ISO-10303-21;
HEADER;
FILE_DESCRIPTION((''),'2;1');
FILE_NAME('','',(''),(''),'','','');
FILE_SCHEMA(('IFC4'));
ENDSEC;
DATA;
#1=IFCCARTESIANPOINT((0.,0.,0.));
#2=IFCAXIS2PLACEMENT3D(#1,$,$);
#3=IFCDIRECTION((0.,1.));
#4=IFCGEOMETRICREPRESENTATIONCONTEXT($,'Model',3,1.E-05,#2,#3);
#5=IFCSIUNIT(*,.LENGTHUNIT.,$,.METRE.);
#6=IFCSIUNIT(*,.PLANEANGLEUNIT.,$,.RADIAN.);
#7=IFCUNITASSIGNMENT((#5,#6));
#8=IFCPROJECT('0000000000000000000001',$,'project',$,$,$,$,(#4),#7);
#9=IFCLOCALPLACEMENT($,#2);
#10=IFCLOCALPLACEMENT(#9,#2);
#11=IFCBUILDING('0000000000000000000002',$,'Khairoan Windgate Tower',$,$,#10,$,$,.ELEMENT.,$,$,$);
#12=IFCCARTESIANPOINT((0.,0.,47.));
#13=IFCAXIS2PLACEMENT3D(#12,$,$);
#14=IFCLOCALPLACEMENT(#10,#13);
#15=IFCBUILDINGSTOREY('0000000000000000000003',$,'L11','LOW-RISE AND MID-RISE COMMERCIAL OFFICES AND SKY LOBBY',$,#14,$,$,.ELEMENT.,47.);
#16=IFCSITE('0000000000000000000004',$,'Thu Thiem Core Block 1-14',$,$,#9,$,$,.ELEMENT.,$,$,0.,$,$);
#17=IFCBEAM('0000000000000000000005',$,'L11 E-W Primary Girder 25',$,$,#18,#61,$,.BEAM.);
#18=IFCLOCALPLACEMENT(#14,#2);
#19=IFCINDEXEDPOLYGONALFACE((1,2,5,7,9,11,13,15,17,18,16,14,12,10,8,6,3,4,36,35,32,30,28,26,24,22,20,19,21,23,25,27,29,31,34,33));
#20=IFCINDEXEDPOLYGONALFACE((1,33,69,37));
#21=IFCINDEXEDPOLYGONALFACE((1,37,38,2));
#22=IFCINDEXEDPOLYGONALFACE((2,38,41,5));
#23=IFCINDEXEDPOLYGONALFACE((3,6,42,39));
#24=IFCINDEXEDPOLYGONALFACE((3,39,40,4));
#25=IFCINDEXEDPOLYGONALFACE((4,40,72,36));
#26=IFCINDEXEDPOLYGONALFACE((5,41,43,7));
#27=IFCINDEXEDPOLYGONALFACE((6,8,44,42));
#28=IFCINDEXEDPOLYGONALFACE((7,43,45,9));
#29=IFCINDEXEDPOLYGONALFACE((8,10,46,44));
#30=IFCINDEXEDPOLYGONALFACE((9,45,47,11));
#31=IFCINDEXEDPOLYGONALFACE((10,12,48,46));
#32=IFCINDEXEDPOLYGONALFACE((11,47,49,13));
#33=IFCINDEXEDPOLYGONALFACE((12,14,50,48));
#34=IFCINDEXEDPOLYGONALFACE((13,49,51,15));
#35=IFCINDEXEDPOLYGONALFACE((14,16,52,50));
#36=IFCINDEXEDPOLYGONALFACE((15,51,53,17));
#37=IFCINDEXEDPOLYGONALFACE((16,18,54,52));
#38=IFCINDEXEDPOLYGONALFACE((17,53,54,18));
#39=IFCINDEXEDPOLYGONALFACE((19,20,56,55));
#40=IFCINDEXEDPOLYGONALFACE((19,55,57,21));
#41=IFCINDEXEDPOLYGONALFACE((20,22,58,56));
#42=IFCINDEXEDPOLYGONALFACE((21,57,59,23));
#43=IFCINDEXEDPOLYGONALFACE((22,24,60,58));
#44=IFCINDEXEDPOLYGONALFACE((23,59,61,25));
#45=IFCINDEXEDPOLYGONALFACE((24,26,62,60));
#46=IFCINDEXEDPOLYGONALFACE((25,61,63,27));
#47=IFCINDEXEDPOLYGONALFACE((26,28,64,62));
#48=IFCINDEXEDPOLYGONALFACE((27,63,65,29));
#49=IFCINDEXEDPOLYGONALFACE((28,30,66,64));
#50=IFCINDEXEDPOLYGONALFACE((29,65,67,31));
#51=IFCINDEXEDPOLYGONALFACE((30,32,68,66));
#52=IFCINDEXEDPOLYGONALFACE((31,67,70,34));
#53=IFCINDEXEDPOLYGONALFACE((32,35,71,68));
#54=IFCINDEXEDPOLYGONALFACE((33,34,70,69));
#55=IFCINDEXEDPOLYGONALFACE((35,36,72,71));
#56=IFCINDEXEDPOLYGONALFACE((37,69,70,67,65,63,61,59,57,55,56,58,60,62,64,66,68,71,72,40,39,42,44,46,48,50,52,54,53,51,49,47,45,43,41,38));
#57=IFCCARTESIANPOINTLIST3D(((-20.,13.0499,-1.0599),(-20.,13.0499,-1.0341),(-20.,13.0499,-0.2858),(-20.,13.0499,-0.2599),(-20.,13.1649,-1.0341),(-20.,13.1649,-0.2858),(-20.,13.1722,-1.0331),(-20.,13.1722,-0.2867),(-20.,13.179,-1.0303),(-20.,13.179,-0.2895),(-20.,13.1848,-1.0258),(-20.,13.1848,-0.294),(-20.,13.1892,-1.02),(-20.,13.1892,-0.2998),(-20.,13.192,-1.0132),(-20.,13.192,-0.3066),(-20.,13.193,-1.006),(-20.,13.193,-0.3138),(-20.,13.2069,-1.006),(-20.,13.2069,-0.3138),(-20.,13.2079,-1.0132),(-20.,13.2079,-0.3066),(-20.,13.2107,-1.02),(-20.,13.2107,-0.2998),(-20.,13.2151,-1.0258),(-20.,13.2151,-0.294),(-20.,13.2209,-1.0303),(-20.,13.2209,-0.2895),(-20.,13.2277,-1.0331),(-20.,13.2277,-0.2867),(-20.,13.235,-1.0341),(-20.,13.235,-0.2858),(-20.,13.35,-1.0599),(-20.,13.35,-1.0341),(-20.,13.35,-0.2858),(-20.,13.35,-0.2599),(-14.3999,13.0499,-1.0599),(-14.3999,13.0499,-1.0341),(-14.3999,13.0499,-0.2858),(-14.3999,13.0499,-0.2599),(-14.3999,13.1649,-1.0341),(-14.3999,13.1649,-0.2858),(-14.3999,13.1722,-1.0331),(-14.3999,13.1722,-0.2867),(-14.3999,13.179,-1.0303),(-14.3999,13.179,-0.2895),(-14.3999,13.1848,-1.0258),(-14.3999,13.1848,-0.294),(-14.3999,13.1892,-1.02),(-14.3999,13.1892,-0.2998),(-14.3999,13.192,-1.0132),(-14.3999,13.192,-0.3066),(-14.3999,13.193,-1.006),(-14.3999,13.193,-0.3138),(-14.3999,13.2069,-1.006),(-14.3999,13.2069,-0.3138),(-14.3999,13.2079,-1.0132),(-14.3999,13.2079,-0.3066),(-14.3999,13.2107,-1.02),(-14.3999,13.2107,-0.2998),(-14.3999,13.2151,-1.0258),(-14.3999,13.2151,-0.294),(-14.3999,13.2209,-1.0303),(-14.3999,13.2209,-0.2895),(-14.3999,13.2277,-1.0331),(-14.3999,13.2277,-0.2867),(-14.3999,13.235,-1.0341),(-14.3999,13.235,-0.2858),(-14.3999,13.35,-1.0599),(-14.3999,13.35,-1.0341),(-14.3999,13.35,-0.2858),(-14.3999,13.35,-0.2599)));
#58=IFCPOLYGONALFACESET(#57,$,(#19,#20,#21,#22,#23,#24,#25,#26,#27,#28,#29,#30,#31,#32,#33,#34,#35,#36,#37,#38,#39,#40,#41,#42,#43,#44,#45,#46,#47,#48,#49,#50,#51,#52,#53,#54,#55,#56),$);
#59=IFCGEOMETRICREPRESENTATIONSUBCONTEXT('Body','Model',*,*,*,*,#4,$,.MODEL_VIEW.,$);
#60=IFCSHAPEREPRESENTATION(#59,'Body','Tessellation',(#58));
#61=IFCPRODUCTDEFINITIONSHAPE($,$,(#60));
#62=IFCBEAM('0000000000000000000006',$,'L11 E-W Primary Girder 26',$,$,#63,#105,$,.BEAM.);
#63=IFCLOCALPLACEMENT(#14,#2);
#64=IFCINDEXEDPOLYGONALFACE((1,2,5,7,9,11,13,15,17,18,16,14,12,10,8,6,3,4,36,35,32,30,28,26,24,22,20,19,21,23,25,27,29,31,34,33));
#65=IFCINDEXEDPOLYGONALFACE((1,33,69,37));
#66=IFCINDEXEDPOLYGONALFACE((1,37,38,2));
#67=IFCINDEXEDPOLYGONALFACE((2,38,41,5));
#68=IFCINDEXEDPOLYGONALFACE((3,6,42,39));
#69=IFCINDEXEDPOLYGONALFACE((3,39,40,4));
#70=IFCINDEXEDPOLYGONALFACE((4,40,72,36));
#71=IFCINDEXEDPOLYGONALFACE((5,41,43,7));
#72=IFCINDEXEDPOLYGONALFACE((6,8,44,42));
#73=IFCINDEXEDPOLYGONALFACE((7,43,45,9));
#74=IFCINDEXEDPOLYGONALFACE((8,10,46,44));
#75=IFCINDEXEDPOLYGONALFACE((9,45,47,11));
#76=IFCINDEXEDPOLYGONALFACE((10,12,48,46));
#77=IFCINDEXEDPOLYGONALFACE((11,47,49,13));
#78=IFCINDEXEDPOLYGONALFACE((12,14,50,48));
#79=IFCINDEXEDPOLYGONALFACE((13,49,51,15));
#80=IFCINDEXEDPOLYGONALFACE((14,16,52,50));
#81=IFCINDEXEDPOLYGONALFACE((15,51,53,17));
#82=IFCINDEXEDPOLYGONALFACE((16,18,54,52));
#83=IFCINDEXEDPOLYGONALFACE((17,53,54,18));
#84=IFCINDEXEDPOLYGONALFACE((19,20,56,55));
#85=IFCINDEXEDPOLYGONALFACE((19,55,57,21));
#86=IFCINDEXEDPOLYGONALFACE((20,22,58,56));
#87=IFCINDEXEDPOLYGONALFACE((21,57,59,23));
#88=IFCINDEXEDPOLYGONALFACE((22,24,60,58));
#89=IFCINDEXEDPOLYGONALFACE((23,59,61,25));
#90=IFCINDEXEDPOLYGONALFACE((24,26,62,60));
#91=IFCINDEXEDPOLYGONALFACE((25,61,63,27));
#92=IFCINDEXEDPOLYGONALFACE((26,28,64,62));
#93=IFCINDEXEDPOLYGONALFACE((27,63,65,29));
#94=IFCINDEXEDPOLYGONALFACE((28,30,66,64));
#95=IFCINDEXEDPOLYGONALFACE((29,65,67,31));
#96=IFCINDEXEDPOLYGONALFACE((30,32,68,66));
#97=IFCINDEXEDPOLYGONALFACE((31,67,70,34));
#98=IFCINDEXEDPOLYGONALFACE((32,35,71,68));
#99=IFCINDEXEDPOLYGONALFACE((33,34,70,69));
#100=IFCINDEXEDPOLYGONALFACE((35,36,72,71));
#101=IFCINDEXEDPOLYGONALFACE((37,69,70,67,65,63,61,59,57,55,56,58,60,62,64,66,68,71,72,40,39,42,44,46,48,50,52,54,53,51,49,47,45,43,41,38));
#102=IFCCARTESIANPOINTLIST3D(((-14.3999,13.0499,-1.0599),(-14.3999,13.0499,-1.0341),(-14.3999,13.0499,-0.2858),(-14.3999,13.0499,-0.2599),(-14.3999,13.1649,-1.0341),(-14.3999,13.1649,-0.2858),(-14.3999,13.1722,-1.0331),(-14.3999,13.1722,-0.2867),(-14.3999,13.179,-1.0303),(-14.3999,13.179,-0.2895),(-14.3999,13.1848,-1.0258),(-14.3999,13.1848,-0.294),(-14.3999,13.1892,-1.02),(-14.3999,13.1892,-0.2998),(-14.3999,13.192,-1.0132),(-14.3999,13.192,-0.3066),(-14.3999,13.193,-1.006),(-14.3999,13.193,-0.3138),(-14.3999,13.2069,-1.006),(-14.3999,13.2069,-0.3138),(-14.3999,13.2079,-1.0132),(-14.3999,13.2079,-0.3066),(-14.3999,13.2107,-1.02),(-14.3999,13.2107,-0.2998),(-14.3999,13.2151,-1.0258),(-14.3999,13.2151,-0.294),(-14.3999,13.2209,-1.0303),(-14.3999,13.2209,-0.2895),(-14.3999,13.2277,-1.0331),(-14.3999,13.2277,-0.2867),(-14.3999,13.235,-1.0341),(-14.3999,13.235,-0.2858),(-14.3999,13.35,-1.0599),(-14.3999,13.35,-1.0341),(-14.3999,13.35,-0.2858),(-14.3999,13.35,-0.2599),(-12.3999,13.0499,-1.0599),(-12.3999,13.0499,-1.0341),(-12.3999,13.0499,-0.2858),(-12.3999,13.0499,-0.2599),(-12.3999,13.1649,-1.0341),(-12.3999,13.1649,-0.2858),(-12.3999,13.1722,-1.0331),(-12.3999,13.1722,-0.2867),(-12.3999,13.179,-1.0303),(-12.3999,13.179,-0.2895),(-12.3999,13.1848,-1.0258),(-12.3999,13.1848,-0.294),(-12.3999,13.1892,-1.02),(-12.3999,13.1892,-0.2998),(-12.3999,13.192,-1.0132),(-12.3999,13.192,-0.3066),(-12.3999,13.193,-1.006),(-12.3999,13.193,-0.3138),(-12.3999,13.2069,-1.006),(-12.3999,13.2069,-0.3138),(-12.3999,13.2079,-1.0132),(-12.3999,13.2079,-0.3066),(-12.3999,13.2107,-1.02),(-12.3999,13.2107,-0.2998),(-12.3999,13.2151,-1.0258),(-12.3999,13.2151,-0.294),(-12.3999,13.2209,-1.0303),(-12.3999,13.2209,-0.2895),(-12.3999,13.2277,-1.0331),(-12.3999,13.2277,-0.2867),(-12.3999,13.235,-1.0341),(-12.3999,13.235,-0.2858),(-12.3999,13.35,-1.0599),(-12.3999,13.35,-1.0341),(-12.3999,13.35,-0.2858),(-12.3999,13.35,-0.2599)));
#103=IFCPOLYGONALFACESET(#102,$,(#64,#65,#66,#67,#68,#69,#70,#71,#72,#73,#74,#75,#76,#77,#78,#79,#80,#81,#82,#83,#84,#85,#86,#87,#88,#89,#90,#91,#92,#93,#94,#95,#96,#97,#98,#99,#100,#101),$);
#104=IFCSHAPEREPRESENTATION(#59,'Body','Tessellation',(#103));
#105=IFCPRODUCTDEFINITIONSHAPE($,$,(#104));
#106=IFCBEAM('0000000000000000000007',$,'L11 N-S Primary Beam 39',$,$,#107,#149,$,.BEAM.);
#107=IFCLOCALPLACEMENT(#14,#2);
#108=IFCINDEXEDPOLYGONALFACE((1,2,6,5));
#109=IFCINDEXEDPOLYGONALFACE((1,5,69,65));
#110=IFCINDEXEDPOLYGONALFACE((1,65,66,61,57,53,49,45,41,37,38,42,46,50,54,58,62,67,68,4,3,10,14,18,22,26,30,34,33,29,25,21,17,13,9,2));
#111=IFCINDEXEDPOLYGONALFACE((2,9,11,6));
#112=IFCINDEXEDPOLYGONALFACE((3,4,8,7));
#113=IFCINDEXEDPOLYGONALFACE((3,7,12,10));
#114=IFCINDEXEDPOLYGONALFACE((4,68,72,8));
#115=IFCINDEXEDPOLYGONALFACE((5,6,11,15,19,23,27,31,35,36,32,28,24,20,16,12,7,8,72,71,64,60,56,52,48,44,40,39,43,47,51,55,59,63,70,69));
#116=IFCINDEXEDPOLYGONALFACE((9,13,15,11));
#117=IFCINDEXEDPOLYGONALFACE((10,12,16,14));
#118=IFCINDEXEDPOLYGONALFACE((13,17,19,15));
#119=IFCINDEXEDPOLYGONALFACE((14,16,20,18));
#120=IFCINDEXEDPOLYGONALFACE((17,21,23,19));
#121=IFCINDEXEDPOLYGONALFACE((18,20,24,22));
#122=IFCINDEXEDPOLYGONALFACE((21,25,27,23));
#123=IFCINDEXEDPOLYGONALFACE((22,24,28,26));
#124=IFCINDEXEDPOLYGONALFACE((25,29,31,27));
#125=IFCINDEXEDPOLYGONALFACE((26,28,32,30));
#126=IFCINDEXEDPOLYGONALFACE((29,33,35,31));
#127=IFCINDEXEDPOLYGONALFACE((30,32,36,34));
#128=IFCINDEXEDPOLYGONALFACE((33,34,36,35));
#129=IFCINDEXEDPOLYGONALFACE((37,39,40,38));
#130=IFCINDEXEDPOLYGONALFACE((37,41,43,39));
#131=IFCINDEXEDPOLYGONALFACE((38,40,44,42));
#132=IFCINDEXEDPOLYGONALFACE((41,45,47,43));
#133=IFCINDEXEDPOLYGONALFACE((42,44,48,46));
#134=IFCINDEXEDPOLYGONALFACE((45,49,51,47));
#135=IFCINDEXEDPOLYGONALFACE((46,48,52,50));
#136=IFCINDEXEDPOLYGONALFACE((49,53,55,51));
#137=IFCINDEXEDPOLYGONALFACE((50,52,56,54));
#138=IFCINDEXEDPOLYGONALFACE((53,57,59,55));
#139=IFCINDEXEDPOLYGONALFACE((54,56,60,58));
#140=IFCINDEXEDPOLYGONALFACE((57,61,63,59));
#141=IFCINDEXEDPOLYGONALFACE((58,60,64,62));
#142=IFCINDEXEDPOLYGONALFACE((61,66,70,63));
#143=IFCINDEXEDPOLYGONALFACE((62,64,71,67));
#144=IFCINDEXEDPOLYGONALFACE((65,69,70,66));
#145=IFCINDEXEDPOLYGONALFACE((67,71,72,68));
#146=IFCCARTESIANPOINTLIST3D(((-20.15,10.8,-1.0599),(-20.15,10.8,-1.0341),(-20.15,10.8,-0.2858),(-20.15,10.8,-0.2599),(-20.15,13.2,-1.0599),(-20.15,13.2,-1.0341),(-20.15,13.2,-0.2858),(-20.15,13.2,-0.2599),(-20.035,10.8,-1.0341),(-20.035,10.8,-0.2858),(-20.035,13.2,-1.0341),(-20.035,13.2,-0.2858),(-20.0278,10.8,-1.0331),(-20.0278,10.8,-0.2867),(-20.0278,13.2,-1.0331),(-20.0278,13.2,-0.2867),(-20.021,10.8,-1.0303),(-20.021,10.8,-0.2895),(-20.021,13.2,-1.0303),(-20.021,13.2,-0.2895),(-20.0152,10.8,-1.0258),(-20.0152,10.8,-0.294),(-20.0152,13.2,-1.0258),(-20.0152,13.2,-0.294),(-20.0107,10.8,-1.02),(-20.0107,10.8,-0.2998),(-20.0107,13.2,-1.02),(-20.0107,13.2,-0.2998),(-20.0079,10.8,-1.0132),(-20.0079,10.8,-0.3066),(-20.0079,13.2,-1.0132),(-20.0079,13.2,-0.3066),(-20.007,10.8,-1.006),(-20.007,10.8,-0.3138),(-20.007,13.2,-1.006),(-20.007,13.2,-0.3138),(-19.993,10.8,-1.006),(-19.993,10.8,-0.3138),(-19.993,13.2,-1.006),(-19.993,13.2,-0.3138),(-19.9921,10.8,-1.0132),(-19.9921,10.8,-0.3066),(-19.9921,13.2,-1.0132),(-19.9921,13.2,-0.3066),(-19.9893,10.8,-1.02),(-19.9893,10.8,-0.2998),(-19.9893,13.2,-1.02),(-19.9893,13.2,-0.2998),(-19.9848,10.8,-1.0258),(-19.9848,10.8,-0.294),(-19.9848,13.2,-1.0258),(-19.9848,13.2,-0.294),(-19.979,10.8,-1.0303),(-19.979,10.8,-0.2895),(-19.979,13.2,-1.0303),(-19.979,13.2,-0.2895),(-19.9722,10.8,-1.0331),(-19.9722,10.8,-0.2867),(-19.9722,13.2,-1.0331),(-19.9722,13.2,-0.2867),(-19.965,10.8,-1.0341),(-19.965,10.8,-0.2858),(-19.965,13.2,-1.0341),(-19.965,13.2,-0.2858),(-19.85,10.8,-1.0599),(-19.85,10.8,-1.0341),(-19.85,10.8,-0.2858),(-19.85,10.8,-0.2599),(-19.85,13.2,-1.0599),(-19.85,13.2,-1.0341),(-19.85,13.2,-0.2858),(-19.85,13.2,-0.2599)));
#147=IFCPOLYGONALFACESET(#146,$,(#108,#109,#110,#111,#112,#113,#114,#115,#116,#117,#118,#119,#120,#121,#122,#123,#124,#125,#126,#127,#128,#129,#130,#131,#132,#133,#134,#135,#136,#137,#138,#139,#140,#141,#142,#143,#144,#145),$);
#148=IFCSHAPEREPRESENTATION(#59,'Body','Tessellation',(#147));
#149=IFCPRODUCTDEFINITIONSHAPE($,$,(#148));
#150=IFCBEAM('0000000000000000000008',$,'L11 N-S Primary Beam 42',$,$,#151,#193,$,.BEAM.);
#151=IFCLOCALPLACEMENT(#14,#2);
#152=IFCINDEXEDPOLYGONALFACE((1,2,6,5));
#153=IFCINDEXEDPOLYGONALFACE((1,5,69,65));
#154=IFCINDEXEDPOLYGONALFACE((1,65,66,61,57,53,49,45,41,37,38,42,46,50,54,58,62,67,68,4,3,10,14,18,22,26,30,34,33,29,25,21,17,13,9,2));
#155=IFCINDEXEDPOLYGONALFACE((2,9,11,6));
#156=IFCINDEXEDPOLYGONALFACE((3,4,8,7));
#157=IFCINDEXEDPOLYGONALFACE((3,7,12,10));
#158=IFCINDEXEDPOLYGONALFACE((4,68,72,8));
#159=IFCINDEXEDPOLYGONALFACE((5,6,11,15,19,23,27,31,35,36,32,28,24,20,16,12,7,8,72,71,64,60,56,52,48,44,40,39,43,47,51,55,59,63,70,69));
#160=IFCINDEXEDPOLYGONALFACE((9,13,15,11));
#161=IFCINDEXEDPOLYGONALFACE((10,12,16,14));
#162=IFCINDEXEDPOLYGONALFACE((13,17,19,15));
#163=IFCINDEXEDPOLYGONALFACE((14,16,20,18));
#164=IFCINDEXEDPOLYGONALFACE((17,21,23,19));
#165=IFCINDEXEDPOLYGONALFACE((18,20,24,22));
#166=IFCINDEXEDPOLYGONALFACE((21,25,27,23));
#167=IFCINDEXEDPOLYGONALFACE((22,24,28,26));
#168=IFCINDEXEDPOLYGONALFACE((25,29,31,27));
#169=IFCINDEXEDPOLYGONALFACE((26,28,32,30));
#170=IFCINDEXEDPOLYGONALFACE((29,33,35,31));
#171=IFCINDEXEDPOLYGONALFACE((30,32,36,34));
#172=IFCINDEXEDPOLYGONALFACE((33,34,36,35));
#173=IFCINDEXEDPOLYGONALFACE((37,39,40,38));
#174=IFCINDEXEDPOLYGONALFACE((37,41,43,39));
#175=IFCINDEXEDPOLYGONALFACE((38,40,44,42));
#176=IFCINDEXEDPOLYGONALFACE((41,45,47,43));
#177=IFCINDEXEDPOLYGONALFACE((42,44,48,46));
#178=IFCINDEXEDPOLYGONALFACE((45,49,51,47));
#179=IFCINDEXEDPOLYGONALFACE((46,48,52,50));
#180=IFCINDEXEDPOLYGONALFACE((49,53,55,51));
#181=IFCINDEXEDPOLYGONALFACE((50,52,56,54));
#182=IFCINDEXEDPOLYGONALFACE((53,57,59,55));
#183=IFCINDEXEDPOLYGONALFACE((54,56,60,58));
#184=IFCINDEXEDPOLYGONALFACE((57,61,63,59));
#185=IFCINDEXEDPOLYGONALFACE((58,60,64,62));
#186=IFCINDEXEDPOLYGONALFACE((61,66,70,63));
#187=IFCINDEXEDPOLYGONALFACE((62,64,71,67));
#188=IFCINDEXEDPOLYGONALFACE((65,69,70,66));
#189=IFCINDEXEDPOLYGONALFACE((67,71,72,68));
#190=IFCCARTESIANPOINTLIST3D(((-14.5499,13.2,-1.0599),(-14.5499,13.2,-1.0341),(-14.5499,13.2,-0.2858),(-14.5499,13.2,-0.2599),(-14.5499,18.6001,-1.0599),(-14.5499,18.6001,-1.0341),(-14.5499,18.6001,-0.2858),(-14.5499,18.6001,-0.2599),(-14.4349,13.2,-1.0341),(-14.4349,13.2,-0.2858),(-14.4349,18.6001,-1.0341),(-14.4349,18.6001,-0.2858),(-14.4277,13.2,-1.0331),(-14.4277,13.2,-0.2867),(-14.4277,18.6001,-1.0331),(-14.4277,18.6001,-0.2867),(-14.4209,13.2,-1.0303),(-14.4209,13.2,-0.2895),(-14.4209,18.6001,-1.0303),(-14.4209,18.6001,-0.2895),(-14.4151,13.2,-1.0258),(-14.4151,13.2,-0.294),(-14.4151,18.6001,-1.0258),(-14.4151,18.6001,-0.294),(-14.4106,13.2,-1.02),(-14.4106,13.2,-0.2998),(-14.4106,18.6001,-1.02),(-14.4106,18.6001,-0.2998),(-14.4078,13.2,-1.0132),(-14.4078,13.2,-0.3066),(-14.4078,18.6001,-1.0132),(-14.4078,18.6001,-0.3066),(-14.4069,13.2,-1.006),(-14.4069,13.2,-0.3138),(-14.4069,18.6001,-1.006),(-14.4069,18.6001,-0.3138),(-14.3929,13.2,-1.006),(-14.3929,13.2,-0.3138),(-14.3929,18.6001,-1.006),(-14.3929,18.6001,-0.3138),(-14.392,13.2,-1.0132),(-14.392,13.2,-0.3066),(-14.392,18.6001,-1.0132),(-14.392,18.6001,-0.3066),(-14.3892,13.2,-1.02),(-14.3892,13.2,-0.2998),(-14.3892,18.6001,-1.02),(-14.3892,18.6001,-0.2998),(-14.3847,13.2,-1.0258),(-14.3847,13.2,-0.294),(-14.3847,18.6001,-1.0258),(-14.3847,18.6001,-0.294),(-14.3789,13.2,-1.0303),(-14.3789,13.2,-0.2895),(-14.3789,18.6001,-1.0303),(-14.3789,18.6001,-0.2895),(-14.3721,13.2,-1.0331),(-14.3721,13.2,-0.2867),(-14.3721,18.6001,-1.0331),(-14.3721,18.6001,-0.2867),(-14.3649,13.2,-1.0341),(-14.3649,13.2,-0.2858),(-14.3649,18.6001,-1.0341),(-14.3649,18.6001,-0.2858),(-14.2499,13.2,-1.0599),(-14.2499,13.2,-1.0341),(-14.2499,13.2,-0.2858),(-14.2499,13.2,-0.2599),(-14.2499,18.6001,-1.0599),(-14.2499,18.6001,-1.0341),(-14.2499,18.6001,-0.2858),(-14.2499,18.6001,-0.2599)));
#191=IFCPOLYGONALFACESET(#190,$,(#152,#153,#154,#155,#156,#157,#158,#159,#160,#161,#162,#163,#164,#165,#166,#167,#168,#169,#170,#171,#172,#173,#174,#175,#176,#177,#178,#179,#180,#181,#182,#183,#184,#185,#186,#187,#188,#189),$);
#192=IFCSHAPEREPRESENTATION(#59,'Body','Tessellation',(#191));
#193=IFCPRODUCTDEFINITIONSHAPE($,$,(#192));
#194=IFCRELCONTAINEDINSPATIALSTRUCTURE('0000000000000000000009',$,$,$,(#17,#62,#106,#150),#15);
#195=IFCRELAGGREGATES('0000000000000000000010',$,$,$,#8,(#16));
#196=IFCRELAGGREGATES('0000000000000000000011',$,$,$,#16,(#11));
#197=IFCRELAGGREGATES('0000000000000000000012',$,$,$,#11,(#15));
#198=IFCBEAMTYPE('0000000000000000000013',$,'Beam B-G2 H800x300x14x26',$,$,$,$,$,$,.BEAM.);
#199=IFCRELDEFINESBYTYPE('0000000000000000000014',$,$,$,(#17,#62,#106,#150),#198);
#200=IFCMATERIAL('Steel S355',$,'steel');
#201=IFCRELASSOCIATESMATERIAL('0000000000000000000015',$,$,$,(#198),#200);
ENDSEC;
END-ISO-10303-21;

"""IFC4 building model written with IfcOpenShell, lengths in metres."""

from ifc_helpers import new_model, si_unit, direction, frame, origin, origin_2d, place, context, subcontext, project, spatial, i_section, extrude, material, material_profile, profile_set, type_object, element, save


model = new_model("IFC4")

# Units and contexts
model_context = context("Model", 3, precision=1e-05, world=origin(), true_north=direction((0.0, 1.0)))
body_context = subcontext(model_context, "Body", "Model", "MODEL_VIEW")
ifc_project = project(units=[si_unit("LENGTHUNIT", "METRE"), si_unit("PLANEANGLEUNIT", "RADIAN")], contexts=[model_context])

# Site, building, storey
site_placement = place(None, origin())
site = spatial("IfcSite", under=ifc_project, at=site_placement, Name="Thu Thiem Core Block 1-14", CompositionType="ELEMENT", RefElevation=0.0)
building_placement = place(site_placement, origin())
building = spatial("IfcBuilding", under=site, at=building_placement, Name="Khairoan Windgate Tower", CompositionType="ELEMENT")
storey_placement = place(building_placement, frame((0.0, 0.0, 47.0)))
storey = spatial("IfcBuildingStorey", under=building, at=storey_placement, Name="L11", Description="LOW-RISE AND MID-RISE COMMERCIAL OFFICES AND SKY LOBBY", CompositionType="ELEMENT", Elevation=47.0)

# Beams
ifc_material_1 = material(Name="Steel S355", Category="steel")
ifc_material_profile_1 = material_profile(ifc_material_1, i_section(OverallWidth=0.3, OverallDepth=0.8, WebThickness=0.0139, FlangeThickness=0.0259, FilletRadius=0.0281, at=origin_2d()))
ifc_profile_set_1 = profile_set([ifc_material_profile_1], Name="Steel S355")
beam_type = type_object("IfcBeamType", Name="Beam B-G2 H800x300x14x26", PredefinedType="BEAM", material=ifc_profile_set_1)
beam_1_placement = place(storey_placement, frame((-20.0, 13.2, -0.6599), z_axis=(1.0, 0.0, 0.0), x_axis=(0.0, 1.0, 0.0)))
element("IfcBeam", 1, at=beam_1_placement, inside=storey, type_object=beam_type, Name="L11 E-W Primary Girder 25", PredefinedType="BEAM", context=body_context, shape_type="SweptSolid", body=[
    extrude(i_section(OverallWidth=0.3, OverallDepth=0.8, WebThickness=0.0139, FlangeThickness=0.0259, FilletRadius=0.0281, at=origin_2d()), origin(), (0.0, 0.0, 1.0), 5.6001),
])
beam_2_placement = place(storey_placement, frame((-14.3999, 13.2, -0.6599), z_axis=(1.0, 0.0, 0.0), x_axis=(0.0, 1.0, 0.0)))
element("IfcBeam", 2, at=beam_2_placement, inside=storey, type_object=beam_type, Name="L11 E-W Primary Girder 26", PredefinedType="BEAM", context=body_context, shape_type="SweptSolid", body=[
    extrude(i_section(OverallWidth=0.3, OverallDepth=0.8, WebThickness=0.0139, FlangeThickness=0.0259, FilletRadius=0.0281, at=origin_2d()), origin(), (0.0, 0.0, 1.0), 2.0),
])
beam_3_placement = place(storey_placement, frame((-20.0, 10.8, -0.6599), z_axis=(0.0, 1.0, 0.0), x_axis=(-1.0, 0.0, 0.0)))
element("IfcBeam", 3, at=beam_3_placement, inside=storey, type_object=beam_type, Name="L11 N-S Primary Beam 39", PredefinedType="BEAM", context=body_context, shape_type="SweptSolid", body=[
    extrude(i_section(OverallWidth=0.3, OverallDepth=0.8, WebThickness=0.0139, FlangeThickness=0.0259, FilletRadius=0.0281, at=origin_2d()), origin(), (0.0, 0.0, 1.0), 2.3999),
])
beam_4_placement = place(storey_placement, frame((-14.3999, 13.2, -0.6599), z_axis=(0.0, 1.0, 0.0), x_axis=(-1.0, 0.0, 0.0)))
element("IfcBeam", 4, at=beam_4_placement, inside=storey, type_object=beam_type, Name="L11 N-S Primary Beam 42", PredefinedType="BEAM", context=body_context, shape_type="SweptSolid", body=[
    extrude(i_section(OverallWidth=0.3, OverallDepth=0.8, WebThickness=0.0139, FlangeThickness=0.0259, FilletRadius=0.0281, at=origin_2d()), origin(), (0.0, 0.0, 1.0), 5.4001),
])

save(model, "model.ifc")
